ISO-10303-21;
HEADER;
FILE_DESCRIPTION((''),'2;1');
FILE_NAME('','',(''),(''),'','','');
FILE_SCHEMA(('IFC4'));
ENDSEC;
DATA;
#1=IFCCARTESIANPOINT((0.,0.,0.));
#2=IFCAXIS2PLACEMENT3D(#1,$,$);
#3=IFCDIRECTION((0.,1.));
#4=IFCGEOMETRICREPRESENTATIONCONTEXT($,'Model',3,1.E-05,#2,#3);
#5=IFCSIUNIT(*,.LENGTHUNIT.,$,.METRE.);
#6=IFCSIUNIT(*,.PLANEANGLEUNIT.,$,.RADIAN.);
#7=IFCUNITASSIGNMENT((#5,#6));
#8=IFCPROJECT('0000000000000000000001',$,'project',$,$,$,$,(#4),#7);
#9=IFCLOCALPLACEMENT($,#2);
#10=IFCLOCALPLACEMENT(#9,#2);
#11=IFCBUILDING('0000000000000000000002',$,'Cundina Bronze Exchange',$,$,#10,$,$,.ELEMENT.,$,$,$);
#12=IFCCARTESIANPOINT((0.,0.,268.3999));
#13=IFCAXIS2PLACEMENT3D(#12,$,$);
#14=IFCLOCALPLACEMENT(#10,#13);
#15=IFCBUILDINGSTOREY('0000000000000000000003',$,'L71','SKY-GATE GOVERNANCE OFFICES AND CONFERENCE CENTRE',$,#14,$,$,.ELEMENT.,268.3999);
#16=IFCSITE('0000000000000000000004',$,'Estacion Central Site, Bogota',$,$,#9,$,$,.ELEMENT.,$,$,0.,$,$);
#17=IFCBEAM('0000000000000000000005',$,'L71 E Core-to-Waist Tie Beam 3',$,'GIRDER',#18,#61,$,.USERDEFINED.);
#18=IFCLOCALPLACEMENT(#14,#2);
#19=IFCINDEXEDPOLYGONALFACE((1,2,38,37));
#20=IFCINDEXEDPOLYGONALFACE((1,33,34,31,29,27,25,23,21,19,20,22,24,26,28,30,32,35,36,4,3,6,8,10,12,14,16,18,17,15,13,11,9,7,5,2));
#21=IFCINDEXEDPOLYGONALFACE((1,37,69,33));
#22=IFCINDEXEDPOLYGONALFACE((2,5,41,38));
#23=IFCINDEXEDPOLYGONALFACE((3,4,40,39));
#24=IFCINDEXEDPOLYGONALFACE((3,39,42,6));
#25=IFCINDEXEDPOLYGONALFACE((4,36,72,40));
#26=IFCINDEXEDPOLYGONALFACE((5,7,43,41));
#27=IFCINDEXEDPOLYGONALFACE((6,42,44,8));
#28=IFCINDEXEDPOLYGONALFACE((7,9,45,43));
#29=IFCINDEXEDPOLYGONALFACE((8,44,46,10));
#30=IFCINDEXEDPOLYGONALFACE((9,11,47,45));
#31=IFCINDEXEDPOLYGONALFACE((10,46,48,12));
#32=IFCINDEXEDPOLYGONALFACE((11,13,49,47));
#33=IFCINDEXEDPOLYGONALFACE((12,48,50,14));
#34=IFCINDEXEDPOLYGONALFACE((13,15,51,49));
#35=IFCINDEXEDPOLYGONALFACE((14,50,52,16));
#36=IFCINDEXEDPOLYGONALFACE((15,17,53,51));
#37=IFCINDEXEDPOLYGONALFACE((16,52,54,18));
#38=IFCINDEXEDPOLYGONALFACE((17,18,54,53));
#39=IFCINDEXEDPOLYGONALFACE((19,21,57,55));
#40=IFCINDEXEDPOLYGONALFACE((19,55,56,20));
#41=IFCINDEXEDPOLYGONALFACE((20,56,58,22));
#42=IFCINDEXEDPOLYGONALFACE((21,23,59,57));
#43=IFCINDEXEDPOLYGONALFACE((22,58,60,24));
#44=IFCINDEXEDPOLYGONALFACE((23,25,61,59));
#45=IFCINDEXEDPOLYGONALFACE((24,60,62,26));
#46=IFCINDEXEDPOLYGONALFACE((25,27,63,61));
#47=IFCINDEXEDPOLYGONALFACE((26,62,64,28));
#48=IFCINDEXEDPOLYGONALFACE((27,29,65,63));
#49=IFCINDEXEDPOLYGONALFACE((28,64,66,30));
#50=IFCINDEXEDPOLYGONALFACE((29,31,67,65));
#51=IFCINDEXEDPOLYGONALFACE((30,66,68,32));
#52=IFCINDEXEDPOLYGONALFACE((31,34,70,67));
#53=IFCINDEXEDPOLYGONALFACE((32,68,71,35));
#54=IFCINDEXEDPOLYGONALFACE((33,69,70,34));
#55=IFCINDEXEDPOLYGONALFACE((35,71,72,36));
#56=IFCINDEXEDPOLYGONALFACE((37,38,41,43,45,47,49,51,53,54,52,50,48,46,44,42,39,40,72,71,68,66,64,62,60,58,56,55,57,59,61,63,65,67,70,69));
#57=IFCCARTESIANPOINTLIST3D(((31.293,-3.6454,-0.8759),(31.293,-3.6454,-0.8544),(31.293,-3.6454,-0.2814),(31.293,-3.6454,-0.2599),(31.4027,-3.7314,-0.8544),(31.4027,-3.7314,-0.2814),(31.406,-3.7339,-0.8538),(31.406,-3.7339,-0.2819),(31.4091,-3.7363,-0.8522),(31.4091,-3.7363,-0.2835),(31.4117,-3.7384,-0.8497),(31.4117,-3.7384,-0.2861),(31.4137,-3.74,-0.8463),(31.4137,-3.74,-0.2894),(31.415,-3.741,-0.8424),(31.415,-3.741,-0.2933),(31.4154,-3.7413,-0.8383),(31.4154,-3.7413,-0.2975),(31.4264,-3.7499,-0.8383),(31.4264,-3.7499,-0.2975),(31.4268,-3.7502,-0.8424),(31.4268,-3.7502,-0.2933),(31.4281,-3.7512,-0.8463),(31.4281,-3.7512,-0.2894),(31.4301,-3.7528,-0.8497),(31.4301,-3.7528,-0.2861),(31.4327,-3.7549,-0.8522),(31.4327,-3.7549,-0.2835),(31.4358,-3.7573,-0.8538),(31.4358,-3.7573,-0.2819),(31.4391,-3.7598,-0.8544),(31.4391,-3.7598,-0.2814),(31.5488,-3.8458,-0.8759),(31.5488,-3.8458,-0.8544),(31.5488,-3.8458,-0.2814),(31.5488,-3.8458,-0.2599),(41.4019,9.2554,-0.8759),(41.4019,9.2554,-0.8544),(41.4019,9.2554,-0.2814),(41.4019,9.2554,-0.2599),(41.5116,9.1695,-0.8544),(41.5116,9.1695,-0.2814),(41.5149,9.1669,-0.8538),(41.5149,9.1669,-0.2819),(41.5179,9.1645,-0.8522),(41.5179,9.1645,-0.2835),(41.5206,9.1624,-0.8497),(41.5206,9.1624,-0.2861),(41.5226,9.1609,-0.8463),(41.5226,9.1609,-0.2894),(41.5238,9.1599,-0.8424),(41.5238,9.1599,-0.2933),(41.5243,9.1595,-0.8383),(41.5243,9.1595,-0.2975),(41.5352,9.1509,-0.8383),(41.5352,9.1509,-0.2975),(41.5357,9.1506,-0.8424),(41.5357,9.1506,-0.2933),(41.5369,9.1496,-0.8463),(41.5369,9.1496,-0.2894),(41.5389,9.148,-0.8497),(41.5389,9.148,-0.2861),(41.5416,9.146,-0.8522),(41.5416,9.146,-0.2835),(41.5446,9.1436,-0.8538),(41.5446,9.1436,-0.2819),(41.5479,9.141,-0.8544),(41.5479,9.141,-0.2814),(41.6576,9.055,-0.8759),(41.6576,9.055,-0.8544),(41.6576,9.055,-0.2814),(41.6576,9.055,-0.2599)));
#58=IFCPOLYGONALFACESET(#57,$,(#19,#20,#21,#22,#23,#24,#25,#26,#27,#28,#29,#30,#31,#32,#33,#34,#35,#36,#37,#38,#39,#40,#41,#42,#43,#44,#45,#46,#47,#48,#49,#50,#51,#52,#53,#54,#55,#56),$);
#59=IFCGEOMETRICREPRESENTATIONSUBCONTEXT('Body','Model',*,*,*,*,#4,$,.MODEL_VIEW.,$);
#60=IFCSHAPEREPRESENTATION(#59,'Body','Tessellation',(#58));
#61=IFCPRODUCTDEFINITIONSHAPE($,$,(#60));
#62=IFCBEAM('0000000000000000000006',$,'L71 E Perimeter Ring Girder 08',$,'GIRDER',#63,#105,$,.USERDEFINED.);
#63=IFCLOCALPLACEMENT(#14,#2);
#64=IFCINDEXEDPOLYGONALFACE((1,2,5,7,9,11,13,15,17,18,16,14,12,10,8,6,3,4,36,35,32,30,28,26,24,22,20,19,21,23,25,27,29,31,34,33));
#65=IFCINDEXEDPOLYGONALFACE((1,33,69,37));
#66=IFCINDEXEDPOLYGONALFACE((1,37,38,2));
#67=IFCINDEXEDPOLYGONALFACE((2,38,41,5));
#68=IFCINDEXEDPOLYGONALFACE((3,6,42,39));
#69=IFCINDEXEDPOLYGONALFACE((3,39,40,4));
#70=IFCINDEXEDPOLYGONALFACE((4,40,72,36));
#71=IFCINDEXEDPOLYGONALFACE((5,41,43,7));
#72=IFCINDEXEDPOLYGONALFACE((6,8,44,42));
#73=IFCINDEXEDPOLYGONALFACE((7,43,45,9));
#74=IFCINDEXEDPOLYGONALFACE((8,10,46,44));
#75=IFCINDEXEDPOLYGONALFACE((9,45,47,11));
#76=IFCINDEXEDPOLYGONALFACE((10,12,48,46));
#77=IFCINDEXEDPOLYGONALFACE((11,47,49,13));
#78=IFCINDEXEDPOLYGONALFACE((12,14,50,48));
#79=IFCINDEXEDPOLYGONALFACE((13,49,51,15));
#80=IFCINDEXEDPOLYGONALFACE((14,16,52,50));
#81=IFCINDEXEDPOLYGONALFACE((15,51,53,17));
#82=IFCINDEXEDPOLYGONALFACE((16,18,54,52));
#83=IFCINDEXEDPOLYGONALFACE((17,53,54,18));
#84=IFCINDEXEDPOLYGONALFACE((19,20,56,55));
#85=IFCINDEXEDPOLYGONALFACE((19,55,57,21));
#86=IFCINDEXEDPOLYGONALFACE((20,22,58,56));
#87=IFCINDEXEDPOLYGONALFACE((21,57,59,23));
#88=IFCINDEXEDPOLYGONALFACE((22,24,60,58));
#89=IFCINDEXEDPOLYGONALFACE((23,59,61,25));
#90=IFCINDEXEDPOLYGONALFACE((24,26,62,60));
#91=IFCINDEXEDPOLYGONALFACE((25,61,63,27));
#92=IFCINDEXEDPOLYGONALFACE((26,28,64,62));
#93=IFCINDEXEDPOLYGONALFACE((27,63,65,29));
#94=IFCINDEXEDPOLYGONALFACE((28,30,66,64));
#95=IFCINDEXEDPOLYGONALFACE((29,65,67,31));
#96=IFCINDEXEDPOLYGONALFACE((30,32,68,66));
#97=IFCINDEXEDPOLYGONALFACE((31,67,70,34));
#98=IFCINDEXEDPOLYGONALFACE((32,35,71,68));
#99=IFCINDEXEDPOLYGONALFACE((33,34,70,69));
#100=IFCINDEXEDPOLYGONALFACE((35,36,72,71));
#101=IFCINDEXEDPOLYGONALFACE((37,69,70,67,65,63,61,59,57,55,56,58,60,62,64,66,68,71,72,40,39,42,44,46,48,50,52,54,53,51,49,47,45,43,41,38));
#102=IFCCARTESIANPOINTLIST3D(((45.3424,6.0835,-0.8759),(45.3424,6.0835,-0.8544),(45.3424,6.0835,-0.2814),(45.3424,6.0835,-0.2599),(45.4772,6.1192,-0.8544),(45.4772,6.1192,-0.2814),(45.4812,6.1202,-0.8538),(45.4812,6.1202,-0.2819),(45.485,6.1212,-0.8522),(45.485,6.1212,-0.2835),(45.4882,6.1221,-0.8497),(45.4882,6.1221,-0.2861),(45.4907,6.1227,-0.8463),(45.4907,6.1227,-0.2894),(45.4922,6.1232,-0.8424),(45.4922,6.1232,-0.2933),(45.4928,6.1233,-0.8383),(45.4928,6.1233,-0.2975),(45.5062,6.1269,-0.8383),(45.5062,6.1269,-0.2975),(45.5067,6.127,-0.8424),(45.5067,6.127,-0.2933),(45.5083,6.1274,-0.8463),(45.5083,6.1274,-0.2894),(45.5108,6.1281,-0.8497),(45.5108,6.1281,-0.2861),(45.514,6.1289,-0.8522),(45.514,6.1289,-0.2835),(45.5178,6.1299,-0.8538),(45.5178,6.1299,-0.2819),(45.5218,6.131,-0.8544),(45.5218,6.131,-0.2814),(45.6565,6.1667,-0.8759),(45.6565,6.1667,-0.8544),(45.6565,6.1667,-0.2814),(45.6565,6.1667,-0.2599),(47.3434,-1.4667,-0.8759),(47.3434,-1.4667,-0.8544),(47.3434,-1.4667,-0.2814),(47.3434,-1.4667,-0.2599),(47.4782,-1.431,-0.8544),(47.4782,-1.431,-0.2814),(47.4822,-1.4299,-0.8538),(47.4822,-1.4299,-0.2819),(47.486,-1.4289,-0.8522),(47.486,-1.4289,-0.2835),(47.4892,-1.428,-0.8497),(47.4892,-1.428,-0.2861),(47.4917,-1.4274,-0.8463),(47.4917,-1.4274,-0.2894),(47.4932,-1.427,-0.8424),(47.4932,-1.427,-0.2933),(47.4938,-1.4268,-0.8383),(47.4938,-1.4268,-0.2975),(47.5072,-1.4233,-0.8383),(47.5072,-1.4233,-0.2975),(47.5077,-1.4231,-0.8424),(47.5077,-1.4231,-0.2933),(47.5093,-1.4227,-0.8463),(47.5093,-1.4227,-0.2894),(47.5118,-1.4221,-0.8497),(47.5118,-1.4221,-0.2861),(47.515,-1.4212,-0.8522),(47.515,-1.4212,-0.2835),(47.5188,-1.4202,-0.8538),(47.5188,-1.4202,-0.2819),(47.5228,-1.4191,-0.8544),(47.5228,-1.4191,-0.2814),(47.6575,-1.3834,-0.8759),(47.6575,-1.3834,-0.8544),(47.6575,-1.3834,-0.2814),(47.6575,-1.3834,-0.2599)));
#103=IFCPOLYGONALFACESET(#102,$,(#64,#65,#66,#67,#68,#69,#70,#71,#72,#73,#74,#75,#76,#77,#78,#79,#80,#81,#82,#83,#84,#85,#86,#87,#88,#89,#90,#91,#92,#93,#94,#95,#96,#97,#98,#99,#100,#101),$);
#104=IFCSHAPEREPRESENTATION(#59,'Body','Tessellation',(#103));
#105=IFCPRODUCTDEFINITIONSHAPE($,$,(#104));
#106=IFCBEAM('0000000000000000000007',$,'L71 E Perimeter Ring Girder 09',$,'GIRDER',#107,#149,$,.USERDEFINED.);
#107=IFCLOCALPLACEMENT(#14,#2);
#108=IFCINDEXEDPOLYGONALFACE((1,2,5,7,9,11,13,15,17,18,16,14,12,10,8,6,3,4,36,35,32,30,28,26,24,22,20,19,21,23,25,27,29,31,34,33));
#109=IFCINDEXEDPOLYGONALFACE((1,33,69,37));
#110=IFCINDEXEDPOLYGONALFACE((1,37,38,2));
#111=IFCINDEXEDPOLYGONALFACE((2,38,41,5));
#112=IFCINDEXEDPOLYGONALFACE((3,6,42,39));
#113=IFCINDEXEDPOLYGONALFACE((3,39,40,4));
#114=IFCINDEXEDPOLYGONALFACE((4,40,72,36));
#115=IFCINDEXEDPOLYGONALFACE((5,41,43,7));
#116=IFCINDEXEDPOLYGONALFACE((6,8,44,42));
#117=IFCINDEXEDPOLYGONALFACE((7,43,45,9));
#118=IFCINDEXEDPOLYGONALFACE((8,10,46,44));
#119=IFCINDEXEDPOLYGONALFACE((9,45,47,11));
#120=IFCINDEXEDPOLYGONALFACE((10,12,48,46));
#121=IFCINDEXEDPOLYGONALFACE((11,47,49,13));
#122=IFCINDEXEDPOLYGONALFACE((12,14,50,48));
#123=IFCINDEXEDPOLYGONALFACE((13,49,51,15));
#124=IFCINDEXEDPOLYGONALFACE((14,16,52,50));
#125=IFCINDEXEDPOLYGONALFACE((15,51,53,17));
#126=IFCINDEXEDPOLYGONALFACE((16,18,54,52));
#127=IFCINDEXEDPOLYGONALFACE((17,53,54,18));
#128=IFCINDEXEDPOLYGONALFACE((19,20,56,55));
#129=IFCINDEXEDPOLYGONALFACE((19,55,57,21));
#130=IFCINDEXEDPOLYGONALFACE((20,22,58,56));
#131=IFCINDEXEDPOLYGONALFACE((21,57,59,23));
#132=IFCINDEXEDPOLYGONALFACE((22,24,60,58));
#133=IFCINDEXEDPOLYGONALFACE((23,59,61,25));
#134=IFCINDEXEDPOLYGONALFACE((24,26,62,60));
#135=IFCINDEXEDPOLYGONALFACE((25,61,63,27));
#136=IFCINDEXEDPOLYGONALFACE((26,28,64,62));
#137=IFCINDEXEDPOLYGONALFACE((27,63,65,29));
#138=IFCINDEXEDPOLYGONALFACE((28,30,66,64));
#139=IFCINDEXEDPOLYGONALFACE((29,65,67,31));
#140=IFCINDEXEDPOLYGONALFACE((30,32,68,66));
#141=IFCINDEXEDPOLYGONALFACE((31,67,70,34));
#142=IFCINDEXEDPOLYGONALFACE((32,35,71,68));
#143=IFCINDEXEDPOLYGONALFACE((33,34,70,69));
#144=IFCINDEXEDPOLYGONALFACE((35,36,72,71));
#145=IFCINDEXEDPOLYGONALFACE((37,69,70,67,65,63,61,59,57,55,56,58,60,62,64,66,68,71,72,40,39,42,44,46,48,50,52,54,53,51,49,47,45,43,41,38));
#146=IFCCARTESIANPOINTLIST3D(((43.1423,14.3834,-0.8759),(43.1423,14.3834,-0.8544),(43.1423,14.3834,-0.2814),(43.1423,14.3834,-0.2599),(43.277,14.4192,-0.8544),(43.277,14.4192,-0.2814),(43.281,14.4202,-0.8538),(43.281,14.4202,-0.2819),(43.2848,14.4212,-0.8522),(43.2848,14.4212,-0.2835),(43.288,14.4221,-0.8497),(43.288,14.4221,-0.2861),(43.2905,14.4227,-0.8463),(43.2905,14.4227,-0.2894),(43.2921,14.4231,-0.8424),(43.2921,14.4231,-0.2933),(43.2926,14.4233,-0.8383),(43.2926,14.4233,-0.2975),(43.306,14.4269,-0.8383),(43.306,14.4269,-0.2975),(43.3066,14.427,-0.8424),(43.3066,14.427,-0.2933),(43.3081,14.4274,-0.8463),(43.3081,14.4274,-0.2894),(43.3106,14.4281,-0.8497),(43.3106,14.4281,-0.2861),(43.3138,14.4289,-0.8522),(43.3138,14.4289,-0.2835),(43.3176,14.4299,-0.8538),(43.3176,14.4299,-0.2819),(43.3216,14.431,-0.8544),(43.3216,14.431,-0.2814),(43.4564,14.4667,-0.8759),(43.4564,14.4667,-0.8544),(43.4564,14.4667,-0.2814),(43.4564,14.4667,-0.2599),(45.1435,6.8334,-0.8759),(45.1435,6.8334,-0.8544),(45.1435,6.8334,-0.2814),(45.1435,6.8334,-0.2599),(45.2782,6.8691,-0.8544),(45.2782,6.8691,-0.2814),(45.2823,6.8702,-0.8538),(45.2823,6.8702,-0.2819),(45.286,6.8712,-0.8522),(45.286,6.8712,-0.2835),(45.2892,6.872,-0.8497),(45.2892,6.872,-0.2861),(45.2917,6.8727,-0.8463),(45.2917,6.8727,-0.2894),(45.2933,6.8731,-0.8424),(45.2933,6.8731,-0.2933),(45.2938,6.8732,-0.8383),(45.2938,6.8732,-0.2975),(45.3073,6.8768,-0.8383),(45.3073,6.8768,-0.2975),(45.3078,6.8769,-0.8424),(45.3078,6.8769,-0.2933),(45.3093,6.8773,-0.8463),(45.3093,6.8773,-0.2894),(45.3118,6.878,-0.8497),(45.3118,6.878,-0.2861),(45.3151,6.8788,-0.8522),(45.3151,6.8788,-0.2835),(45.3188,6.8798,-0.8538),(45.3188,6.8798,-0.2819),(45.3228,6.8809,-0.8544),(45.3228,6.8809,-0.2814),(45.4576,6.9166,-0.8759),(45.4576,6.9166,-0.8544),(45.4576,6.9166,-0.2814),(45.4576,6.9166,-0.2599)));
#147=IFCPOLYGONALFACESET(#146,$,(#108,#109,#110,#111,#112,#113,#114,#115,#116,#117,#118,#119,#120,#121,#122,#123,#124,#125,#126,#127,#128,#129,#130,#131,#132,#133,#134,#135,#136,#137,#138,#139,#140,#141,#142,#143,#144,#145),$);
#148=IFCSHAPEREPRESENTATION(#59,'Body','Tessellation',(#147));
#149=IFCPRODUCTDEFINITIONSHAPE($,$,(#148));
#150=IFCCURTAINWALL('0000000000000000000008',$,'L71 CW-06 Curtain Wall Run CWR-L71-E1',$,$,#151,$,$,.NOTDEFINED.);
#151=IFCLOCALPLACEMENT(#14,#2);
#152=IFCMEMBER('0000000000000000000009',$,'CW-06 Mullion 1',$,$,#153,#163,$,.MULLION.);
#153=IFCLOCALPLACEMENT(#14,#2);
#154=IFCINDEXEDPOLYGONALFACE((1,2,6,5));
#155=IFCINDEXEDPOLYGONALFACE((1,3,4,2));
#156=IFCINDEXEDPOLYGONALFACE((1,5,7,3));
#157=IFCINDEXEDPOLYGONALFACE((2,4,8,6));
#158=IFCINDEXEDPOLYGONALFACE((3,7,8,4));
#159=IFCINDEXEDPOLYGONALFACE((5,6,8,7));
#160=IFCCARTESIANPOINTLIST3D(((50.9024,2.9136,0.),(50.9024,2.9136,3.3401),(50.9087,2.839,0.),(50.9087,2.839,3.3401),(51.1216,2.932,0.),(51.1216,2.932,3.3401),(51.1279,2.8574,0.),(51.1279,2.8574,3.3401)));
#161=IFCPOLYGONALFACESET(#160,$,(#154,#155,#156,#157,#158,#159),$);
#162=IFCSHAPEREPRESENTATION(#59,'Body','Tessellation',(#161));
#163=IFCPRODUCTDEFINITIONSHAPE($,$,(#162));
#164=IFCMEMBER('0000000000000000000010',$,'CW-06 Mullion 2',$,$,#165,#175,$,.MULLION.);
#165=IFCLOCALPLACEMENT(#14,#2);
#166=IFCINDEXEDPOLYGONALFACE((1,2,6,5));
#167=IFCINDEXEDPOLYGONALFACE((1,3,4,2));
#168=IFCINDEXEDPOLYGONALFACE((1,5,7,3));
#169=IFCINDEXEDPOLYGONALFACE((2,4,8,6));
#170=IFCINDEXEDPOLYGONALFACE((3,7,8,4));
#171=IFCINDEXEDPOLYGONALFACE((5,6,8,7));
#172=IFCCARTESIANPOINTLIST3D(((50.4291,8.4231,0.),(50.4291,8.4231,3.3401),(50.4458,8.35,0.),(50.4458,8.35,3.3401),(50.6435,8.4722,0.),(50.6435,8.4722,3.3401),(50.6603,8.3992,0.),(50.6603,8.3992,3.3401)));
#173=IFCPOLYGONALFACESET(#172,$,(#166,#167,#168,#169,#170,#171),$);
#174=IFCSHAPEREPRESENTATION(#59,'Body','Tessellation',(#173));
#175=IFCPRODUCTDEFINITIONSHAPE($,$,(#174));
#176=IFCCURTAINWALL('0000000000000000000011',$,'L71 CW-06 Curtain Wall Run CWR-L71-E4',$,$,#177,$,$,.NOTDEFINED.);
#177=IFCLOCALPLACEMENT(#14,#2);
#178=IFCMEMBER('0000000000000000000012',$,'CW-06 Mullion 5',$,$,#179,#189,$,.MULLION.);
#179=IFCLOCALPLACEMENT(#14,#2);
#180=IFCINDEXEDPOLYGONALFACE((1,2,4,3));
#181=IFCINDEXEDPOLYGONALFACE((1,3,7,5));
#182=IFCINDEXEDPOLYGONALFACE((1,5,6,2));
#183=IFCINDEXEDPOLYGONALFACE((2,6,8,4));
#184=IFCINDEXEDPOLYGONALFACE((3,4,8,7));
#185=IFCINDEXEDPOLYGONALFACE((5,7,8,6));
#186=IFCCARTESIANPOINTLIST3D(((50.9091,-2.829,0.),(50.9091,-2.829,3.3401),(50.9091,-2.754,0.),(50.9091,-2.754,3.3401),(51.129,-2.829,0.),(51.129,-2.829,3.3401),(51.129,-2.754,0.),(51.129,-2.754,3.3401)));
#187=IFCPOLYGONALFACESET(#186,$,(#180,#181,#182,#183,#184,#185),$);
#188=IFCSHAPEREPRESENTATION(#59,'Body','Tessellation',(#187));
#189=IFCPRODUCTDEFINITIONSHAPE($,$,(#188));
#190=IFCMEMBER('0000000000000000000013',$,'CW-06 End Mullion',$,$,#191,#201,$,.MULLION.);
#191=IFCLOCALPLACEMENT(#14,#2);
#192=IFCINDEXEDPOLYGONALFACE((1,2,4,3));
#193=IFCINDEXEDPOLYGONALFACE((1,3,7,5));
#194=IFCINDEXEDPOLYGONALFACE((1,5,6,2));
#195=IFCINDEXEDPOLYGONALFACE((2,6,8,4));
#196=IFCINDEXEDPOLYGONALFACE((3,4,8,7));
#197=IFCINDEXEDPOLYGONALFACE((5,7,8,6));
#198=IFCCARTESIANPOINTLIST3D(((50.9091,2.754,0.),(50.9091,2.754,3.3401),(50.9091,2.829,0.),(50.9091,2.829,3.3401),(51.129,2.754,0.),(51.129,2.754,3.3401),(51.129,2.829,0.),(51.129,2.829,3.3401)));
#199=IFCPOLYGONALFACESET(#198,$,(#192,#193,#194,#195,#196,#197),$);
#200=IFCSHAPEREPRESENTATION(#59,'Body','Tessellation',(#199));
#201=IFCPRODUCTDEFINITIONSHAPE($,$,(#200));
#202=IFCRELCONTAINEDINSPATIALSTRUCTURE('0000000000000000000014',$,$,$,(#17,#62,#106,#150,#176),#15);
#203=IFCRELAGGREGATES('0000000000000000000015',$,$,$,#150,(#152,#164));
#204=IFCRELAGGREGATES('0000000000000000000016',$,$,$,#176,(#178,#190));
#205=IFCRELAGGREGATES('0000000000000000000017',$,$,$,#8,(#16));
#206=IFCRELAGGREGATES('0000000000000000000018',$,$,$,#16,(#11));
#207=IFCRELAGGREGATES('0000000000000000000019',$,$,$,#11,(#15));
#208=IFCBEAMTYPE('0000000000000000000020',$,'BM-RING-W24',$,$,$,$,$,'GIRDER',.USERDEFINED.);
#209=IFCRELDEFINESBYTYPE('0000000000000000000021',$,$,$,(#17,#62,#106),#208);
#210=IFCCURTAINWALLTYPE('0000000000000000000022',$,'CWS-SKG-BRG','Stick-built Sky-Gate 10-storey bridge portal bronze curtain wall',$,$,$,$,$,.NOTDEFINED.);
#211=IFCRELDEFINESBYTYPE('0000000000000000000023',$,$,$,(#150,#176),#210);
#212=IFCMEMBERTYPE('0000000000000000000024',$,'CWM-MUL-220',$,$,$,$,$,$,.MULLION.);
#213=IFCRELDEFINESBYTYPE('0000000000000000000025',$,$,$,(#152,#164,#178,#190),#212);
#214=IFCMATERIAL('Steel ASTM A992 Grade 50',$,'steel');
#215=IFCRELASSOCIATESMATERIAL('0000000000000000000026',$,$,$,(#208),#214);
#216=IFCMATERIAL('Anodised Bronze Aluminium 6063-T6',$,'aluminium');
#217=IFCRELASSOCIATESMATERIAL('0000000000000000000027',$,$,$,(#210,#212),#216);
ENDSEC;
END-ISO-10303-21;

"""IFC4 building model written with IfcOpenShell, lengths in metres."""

from ifc_helpers import new_model, si_unit, direction, frame, origin, origin_2d, place, context, subcontext, project, spatial, rectangle, i_section, extrude, material, material_profile, profile_set, type_object, element, aggregate, save


model = new_model("IFC4")

# Units and contexts
model_context = context("Model", 3, precision=1e-05, world=origin(), true_north=direction((0.0, 1.0)))
body_context = subcontext(model_context, "Body", "Model", "MODEL_VIEW")
ifc_project = project(units=[si_unit("LENGTHUNIT", "METRE"), si_unit("PLANEANGLEUNIT", "RADIAN")], contexts=[model_context])

# Site, building, storey
site_placement = place(None, origin())
site = spatial("IfcSite", under=ifc_project, at=site_placement, Name="Estacion Central Site, Bogota", CompositionType="ELEMENT", RefElevation=0.0)
building_placement = place(site_placement, origin())
building = spatial("IfcBuilding", under=site, at=building_placement, Name="Cundina Bronze Exchange", CompositionType="ELEMENT")
storey_placement = place(building_placement, frame((0.0, 0.0, 268.3999)))
storey = spatial("IfcBuildingStorey", under=building, at=storey_placement, Name="L71", Description="SKY-GATE GOVERNANCE OFFICES AND CONFERENCE CENTRE", CompositionType="ELEMENT", Elevation=268.3999)

# Beams
ifc_material_1 = material(Name="Steel ASTM A992 Grade 50", Category="steel")
ifc_material_profile_1 = material_profile(ifc_material_1, i_section(OverallWidth=0.325, OverallDepth=0.616, WebThickness=0.0139, FlangeThickness=0.0215, FilletRadius=0.0161, at=origin_2d()), Name="W24X117", Category="steel")
ifc_profile_set_1 = profile_set([ifc_material_profile_1], Name="Steel ASTM A992 Grade 50")
beam_type_1 = type_object("IfcBeamType", Name="BM-RING-W24", ElementType="GIRDER", PredefinedType="USERDEFINED", material=ifc_profile_set_1)
beam_1_placement = place(storey_placement, frame((31.4209, -3.7456, -0.5679), z_axis=(0.616783, 0.787133, 0.0), x_axis=(-0.787133, 0.616783, 0.0)))
element("IfcBeam", 1, at=beam_1_placement, inside=storey, type_object=beam_type_1, Name="L71 E Core-to-Waist Tie Beam 3", ObjectType="GIRDER", PredefinedType="USERDEFINED", context=body_context, shape_type="SweptSolid", body=[
    extrude(i_section(OverallWidth=0.325, OverallDepth=0.616, WebThickness=0.0139, FlangeThickness=0.0215, FilletRadius=0.0161, at=origin_2d()), origin(), (0.0, 0.0, 1.0), 16.3896),
])
for number, where, z_axis, x_axis, name in (
    (2, (47.5005, -1.425, -0.5679), (-0.256184, 0.966628, 0.0), (-0.966628, -0.256184, 0.0), "L71 E Perimeter Ring Girder 08"),
    (3, (45.3005, 6.875, -0.5679), (-0.256213, 0.96662, 0.0), (-0.96662, -0.256213, 0.0), "L71 E Perimeter Ring Girder 09"),
):
    element("IfcBeam", number, at=place(storey_placement, frame(where, z_axis=z_axis, x_axis=x_axis)), inside=storey, type_object=beam_type_1, Name=name, ObjectType="GIRDER", PredefinedType="USERDEFINED", context=body_context, shape_type="SweptSolid", body=[
        extrude(i_section(OverallWidth=0.325, OverallDepth=0.616, WebThickness=0.0139, FlangeThickness=0.0215, FilletRadius=0.0161, at=origin_2d()), origin(), (0.0, 0.0, 1.0), 7.8108),
    ])

# Curtain walls, members
ifc_material_2 = material(Name="Anodised Bronze Aluminium 6063-T6", Category="aluminium")
curtain_wall_type = type_object("IfcCurtainWallType", Name="CWS-SKG-BRG", Description="Stick-built Sky-Gate 10-storey bridge portal bronze curtain wall", PredefinedType="NOTDEFINED", material=ifc_material_2)
curtain_wall_1_placement = place(storey_placement, origin())
curtain_wall_1 = element("IfcCurtainWall", 4, at=curtain_wall_1_placement, inside=storey, type_object=curtain_wall_type, Name="L71 CW-06 Curtain Wall Run CWR-L71-E1", PredefinedType="NOTDEFINED")
ifc_material_profile_2 = material_profile(ifc_material_2, rectangle(XDim=0.075, YDim=0.22, at=origin_2d()), Name="AL75X220", Category="aluminium")
ifc_profile_set_2 = profile_set([ifc_material_profile_2], Name="Anodised Bronze Aluminium 6063-T6")
member_type_1 = type_object("IfcMemberType", Name="CWM-MUL-220", PredefinedType="MULLION", material=ifc_profile_set_2)
member_1_placement = place(storey_placement, frame((51.0151, 2.8855, 0.0), z_axis=(0.0, 0.0, 1.0), x_axis=(-0.083678, 0.996493, 0.0)))
member_1 = element("IfcMember", 5, at=member_1_placement, type_object=member_type_1, Name="CW-06 Mullion 1", PredefinedType="MULLION", context=body_context, shape_type="SweptSolid", body=[
    extrude(rectangle(XDim=0.075, YDim=0.22, at=origin_2d()), origin(), (0.0, 0.0, 1.0), 3.3401),
])
member_2_placement = place(storey_placement, frame((50.5447, 8.4111, 0.0), z_axis=(0.0, 0.0, 1.0), x_axis=(-0.22325, 0.974761, 0.0)))
member_2 = element("IfcMember", 6, at=member_2_placement, type_object=member_type_1, Name="CW-06 Mullion 2", PredefinedType="MULLION", context=body_context, shape_type="SweptSolid", body=[
    extrude(rectangle(XDim=0.075, YDim=0.22, at=origin_2d()), origin(), (0.0, 0.0, 1.0), 3.3401),
])
curtain_wall_2_placement = place(storey_placement, origin())
curtain_wall_2 = element("IfcCurtainWall", 7, at=curtain_wall_2_placement, inside=storey, type_object=curtain_wall_type, Name="L71 CW-06 Curtain Wall Run CWR-L71-E4", PredefinedType="NOTDEFINED")
member_3_placement = place(storey_placement, frame((51.019, -2.7915, 0.0), z_axis=(0.0, 0.0, 1.0), x_axis=(0.0, 1.0, 0.0)))
member_3 = element("IfcMember", 8, at=member_3_placement, type_object=member_type_1, Name="CW-06 Mullion 5", PredefinedType="MULLION", context=body_context, shape_type="SweptSolid", body=[
    extrude(rectangle(XDim=0.075, YDim=0.22, at=origin_2d()), origin(), (0.0, 0.0, 1.0), 3.3401),
])
member_4_placement = place(storey_placement, frame((51.019, 2.7915, 0.0), z_axis=(0.0, 0.0, 1.0), x_axis=(0.0, 1.0, 0.0)))
member_4 = element("IfcMember", 9, at=member_4_placement, type_object=member_type_1, Name="CW-06 End Mullion", PredefinedType="MULLION", context=body_context, shape_type="SweptSolid", body=[
    extrude(rectangle(XDim=0.075, YDim=0.22, at=origin_2d()), origin(), (0.0, 0.0, 1.0), 3.3401),
])

aggregate(curtain_wall_1, [member_1, member_2])
aggregate(curtain_wall_2, [member_3, member_4])

save(model, "model.ifc")
